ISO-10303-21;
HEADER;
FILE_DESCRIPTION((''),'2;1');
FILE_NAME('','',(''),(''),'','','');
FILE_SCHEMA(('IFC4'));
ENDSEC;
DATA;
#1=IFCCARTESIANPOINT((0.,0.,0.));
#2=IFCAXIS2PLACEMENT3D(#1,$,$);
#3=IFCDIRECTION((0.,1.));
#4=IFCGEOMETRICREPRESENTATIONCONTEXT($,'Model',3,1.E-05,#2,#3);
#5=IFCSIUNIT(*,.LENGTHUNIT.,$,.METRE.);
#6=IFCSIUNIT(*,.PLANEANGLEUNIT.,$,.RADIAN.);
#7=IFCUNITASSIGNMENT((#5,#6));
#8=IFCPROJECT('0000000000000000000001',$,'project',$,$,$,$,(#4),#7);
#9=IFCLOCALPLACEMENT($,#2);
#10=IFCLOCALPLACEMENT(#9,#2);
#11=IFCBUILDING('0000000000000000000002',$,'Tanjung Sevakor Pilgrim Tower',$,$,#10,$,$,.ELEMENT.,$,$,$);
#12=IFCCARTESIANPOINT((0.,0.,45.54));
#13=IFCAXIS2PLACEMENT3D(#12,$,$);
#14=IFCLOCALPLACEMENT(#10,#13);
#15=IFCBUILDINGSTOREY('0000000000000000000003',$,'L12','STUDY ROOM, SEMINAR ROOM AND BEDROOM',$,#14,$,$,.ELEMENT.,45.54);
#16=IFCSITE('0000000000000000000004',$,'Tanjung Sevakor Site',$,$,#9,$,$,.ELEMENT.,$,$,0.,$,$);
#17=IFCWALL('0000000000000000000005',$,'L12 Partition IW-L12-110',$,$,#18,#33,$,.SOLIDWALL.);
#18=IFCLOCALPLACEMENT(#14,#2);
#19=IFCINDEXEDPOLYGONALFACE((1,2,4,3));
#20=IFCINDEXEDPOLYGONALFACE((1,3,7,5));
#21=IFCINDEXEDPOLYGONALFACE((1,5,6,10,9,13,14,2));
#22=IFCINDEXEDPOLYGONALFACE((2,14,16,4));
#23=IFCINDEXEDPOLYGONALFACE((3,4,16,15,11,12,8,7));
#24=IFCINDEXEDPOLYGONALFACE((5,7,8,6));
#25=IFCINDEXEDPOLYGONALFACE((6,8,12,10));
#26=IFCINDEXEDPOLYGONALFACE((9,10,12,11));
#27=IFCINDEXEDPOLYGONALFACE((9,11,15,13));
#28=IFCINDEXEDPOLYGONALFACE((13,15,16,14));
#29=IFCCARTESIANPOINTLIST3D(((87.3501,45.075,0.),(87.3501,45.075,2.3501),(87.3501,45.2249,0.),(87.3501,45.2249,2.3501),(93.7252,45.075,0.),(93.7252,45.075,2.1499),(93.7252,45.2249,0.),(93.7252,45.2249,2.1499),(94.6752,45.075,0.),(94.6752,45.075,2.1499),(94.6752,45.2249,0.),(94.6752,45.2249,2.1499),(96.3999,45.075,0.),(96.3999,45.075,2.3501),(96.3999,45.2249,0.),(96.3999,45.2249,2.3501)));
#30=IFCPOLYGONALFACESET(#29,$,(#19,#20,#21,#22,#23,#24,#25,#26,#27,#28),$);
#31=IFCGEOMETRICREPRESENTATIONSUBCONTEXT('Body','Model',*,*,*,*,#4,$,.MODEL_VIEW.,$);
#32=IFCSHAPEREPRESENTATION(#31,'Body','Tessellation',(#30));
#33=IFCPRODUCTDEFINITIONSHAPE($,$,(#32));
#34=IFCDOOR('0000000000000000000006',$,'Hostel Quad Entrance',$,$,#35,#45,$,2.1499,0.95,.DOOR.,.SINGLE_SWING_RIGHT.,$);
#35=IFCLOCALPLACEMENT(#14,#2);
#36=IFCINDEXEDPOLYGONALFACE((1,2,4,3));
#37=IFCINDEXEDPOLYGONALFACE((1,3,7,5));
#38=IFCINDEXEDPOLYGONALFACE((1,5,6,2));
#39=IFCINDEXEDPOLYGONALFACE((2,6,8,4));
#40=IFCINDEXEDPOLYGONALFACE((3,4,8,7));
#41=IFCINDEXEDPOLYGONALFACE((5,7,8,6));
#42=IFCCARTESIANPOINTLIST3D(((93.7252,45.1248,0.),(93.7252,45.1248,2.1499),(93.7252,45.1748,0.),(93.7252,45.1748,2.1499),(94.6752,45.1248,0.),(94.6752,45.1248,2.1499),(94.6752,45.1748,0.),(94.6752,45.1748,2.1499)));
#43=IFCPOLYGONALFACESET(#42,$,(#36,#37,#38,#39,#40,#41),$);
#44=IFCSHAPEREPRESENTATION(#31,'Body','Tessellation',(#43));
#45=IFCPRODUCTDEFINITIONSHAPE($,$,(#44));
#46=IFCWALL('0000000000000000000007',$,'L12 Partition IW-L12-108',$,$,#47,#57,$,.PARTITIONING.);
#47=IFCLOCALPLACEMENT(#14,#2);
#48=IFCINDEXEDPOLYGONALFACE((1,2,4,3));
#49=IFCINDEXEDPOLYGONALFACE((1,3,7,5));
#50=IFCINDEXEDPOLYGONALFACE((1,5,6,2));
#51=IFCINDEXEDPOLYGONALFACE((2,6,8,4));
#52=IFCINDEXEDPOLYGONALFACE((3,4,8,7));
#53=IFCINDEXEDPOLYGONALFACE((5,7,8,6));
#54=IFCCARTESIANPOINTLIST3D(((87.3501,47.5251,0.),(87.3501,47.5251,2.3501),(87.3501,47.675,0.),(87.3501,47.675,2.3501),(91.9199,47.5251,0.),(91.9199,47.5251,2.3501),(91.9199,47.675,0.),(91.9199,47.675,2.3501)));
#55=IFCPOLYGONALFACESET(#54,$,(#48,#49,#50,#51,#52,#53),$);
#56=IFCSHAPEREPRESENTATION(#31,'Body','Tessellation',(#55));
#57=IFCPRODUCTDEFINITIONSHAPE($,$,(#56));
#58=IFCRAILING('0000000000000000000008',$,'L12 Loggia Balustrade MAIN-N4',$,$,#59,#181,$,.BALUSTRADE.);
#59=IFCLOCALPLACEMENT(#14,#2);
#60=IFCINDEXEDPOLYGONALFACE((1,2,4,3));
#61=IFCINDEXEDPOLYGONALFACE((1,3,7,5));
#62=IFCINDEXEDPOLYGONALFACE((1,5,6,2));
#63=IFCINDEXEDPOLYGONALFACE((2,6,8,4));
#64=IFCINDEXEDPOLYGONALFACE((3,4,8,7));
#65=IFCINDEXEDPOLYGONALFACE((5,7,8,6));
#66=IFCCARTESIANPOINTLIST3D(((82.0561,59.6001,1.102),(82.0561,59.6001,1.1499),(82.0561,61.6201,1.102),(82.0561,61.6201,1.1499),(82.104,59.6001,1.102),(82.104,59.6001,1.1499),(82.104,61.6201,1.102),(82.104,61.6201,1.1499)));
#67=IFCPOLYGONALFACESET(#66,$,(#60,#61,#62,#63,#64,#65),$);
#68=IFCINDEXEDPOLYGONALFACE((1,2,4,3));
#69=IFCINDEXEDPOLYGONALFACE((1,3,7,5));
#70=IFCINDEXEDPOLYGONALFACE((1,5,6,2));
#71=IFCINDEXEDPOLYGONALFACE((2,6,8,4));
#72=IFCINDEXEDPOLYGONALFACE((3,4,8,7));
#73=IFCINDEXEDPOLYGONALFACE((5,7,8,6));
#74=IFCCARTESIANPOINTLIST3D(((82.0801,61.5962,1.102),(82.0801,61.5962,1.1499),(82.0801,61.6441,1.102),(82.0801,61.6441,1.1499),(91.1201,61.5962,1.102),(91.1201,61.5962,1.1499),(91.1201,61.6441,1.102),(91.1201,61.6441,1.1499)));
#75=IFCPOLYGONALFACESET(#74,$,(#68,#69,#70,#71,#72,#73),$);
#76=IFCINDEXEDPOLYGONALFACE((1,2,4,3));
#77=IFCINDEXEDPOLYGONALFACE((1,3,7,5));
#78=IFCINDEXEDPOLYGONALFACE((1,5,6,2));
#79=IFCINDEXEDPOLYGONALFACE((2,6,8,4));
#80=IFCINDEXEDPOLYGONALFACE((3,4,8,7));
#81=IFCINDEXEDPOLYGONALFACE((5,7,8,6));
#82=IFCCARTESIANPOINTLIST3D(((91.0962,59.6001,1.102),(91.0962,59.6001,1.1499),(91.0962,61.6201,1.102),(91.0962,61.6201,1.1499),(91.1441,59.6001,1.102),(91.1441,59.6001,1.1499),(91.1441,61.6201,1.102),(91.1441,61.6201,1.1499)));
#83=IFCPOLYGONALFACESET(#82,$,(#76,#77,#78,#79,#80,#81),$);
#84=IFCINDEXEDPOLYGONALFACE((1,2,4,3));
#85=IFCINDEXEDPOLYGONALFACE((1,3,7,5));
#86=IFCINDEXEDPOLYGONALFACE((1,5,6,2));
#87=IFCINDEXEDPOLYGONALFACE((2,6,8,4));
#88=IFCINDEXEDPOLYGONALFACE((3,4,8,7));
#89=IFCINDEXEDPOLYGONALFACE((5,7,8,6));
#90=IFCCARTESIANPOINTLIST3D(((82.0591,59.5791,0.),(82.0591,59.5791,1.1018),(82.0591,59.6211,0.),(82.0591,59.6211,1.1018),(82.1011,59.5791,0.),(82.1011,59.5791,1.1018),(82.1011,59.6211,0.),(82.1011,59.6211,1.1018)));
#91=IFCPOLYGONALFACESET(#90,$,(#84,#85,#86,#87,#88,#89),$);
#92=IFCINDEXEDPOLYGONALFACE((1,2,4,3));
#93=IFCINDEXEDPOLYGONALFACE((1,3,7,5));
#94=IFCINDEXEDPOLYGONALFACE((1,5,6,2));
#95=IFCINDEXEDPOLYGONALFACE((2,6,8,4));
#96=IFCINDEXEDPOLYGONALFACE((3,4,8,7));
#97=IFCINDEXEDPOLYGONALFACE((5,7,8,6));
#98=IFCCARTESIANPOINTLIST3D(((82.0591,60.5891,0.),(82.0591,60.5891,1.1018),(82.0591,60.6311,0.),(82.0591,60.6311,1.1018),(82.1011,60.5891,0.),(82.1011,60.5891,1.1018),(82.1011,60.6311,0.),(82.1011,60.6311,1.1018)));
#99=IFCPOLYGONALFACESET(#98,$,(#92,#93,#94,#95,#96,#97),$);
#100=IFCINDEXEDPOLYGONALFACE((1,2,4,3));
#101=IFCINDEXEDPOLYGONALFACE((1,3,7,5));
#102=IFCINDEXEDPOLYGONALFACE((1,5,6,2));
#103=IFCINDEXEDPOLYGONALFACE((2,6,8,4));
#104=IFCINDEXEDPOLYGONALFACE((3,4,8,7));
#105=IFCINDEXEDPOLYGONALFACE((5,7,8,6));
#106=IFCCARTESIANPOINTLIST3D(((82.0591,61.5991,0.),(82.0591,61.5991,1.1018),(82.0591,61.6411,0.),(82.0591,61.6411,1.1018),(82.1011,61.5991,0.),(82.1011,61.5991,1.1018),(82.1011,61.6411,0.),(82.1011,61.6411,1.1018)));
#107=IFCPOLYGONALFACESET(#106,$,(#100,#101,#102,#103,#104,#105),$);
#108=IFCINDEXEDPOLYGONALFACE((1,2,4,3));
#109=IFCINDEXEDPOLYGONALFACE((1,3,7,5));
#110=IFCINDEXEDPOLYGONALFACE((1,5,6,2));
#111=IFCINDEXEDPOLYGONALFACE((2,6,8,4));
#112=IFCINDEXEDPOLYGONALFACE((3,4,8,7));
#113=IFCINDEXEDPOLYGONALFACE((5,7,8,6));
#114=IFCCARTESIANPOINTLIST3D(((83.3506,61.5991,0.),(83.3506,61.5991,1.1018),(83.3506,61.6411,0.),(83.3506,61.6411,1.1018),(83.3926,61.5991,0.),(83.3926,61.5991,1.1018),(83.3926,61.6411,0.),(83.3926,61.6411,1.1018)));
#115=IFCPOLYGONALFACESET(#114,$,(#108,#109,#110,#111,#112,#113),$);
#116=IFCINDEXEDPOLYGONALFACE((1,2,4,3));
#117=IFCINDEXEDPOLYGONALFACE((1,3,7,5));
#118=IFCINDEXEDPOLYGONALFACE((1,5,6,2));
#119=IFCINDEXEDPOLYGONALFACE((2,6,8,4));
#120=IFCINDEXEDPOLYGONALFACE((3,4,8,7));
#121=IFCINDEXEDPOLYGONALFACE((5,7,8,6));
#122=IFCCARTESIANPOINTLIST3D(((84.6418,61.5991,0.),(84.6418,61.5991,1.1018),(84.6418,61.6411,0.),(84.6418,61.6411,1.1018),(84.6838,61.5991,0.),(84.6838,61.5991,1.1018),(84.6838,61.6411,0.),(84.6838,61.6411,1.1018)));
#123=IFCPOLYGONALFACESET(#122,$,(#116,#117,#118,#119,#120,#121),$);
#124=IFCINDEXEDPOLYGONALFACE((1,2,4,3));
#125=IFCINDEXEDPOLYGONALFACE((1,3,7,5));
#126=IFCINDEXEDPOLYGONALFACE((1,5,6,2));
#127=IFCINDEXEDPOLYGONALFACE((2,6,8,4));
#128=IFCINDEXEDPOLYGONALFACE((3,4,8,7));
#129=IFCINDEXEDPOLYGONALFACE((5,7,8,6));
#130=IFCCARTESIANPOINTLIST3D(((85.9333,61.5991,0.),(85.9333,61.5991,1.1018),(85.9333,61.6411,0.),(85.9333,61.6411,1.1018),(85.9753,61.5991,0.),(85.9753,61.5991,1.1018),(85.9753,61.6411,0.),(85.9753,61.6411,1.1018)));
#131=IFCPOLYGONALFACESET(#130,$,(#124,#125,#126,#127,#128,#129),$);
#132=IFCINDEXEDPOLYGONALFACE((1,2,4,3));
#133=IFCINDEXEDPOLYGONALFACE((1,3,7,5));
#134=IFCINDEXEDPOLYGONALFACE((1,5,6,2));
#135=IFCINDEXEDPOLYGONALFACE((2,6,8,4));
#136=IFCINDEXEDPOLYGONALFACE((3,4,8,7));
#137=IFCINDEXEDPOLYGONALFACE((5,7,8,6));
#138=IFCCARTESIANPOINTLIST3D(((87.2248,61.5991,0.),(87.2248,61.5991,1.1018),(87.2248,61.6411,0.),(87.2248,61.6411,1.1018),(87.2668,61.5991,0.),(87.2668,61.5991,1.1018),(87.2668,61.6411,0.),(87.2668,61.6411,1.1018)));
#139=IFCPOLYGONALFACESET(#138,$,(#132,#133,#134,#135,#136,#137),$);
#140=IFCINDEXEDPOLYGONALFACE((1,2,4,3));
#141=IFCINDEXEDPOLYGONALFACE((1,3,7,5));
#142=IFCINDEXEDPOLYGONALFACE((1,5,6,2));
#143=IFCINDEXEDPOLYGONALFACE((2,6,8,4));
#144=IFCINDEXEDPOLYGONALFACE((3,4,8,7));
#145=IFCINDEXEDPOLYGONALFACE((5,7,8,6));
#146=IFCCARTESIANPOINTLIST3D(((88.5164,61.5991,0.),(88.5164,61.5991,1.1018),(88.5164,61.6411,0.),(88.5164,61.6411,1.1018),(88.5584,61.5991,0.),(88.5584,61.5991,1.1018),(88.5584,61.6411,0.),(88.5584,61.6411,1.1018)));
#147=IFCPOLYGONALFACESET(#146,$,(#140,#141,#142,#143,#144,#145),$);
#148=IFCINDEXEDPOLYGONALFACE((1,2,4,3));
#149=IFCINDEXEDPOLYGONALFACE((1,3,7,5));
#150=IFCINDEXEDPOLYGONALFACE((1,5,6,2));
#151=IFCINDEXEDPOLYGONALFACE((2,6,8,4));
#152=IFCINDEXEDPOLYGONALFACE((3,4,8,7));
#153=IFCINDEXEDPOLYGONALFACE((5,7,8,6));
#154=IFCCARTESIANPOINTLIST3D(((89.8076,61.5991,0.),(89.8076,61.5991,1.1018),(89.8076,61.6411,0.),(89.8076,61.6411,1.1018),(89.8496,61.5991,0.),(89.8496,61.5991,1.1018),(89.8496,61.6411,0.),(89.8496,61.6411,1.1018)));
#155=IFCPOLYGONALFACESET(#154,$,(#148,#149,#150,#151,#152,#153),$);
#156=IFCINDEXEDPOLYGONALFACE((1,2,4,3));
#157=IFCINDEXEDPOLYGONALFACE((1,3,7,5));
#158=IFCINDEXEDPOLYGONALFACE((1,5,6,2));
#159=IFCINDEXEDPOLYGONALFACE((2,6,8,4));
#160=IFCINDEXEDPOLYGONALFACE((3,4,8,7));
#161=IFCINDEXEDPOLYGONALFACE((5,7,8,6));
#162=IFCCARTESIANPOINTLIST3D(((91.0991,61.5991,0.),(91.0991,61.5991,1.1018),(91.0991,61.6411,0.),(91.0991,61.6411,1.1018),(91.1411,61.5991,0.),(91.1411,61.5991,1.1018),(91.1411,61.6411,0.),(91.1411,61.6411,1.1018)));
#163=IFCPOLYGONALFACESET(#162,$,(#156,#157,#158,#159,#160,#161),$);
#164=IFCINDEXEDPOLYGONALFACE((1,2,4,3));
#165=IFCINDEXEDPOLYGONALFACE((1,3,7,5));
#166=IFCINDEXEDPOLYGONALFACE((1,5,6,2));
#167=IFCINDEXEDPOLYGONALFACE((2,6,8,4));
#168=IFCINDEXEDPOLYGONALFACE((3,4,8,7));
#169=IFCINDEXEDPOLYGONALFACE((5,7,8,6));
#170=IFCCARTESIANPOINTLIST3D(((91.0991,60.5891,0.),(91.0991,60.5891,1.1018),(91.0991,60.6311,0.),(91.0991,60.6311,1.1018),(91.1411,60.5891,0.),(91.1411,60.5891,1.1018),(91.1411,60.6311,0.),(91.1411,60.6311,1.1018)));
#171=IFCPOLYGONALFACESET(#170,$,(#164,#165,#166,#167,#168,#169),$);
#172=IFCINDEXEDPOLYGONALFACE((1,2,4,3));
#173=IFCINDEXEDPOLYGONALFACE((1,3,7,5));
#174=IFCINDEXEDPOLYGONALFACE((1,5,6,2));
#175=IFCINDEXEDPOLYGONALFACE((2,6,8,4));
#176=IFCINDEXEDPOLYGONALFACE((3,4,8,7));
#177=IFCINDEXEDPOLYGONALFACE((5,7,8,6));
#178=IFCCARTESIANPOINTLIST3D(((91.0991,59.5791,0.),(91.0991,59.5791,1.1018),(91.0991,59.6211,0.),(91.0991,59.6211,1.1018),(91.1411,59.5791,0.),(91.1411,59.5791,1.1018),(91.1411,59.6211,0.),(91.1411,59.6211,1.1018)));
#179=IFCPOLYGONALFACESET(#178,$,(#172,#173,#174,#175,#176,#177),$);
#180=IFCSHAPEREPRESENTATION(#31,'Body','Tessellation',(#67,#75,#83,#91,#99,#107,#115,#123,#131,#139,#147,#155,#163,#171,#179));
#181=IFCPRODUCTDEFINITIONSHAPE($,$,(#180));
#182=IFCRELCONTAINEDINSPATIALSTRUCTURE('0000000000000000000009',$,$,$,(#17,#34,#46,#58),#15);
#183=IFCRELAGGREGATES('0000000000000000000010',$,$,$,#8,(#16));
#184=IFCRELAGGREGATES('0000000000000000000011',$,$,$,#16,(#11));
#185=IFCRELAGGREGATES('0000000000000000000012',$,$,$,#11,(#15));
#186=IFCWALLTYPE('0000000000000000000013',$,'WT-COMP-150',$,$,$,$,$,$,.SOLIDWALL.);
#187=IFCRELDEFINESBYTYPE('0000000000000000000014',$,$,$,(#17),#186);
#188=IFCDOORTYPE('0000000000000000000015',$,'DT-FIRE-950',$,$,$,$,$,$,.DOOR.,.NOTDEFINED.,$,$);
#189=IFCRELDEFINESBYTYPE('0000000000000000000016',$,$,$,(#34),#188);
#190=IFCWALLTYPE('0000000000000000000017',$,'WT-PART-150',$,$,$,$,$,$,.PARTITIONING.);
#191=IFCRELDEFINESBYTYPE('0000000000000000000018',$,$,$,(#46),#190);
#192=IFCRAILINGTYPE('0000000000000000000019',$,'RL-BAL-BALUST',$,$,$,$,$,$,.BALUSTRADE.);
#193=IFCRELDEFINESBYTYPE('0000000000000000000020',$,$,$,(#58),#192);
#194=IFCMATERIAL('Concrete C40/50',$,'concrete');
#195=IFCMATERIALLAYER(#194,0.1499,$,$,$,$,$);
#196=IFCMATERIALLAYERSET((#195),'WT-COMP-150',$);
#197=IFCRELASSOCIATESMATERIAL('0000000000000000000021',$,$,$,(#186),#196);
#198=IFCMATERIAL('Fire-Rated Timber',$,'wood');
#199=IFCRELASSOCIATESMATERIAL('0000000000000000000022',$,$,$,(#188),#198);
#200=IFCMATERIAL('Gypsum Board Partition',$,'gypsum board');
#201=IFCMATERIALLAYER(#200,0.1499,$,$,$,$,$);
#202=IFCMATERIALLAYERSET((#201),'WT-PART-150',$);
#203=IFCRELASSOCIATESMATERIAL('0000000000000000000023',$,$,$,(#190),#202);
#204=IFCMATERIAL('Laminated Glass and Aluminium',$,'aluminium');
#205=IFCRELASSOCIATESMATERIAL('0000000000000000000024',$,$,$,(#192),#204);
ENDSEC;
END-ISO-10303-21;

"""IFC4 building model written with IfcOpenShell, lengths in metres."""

from ifc_helpers import new_model, si_unit, direction, frame, frame_2d, origin, place, context, subcontext, project, spatial, rectangle, extrude, material, layer, layer_set, type_object, element, fill, save


model = new_model("IFC4")

# Units and contexts
model_context = context("Model", 3, precision=1e-05, world=origin(), true_north=direction((0.0, 1.0)))
body_context = subcontext(model_context, "Body", "Model", "MODEL_VIEW")
ifc_project = project(units=[si_unit("LENGTHUNIT", "METRE"), si_unit("PLANEANGLEUNIT", "RADIAN")], contexts=[model_context])

# Site, building, storey
site_placement = place(None, origin())
site = spatial("IfcSite", under=ifc_project, at=site_placement, Name="Tanjung Sevakor Site", CompositionType="ELEMENT", RefElevation=0.0)
building_placement = place(site_placement, origin())
building = spatial("IfcBuilding", under=site, at=building_placement, Name="Tanjung Sevakor Pilgrim Tower", CompositionType="ELEMENT")
storey_placement = place(building_placement, frame((0.0, 0.0, 45.54)))
storey = spatial("IfcBuildingStorey", under=building, at=storey_placement, Name="L12", Description="STUDY ROOM, SEMINAR ROOM AND BEDROOM", CompositionType="ELEMENT", Elevation=45.54)

# Shared definitions
ifc_material_1 = material(Name="Concrete C40/50", Category="concrete")
ifc_layer_1 = layer(ifc_material_1, 0.1499)
ifc_layer_set_1 = layer_set([ifc_layer_1], Name="WT-COMP-150")
wall_type_1 = type_object("IfcWallType", Name="WT-COMP-150", PredefinedType="SOLIDWALL", material=ifc_layer_set_1)

# Wall, opening, door
wall_1_placement = place(storey_placement, frame((87.3501, 45.1499, 0.0), z_axis=(0.0, 0.0, 1.0), x_axis=(1.0, 0.0, 0.0)))
wall_1 = element("IfcWall", 1, at=wall_1_placement, inside=storey, type_object=wall_type_1, Name="L12 Partition IW-L12-110", PredefinedType="SOLIDWALL", context=body_context, shape_type="SweptSolid", body=[
    extrude(rectangle(XDim=9.0498, YDim=0.1499, at=frame_2d((4.5249, 0.0))), origin(), (0.0, 0.0, 1.0), 2.3501),
])
opening_placement = place(wall_1_placement, frame((6.375, 0.0, 0.0)))
opening = element("IfcOpeningElement", 2, at=opening_placement, cuts=wall_1, PredefinedType="OPENING", context=body_context, shape_type="SweptSolid", body=[
    extrude(rectangle(XDim=0.95, YDim=2.1499, at=frame_2d((0.4751, 1.075))), frame((0.0, 0.085, 0.0), z_axis=(0.0, -1.0, 0.0), x_axis=(1.0, 0.0, 0.0)), (0.0, 0.0, 1.0), 0.1699),
])
ifc_material_2 = material(Name="Fire-Rated Timber", Category="wood")
door_type = type_object("IfcDoorType", Name="DT-FIRE-950", OperationType="NOTDEFINED", PredefinedType="DOOR", material=ifc_material_2)
door_placement = place(opening_placement, origin())
door = element("IfcDoor", 3, at=door_placement, inside=storey, type_object=door_type, Name="Hostel Quad Entrance", OperationType="SINGLE_SWING_RIGHT", OverallHeight=2.1499, OverallWidth=0.95, PredefinedType="DOOR", context=body_context, shape_type="SweptSolid", body=[
    extrude(rectangle(XDim=0.95, YDim=2.1499, at=frame_2d((0.4751, 1.075))), frame((0.0, 0.0249, 0.0), z_axis=(0.0, -1.0, 0.0), x_axis=(1.0, 0.0, 0.0)), (0.0, 0.0, 1.0), 0.05),
])
fill(opening, door)

# Wall
ifc_material_3 = material(Name="Gypsum Board Partition", Category="gypsum board")
ifc_layer_2 = layer(ifc_material_3, 0.1499)
ifc_layer_set_2 = layer_set([ifc_layer_2], Name="WT-PART-150")
wall_type_2 = type_object("IfcWallType", Name="WT-PART-150", PredefinedType="PARTITIONING", material=ifc_layer_set_2)
wall_2_placement = place(storey_placement, frame((87.3501, 47.6001, 0.0), z_axis=(0.0, 0.0, 1.0), x_axis=(1.0, 0.0, 0.0)))
element("IfcWall", 4, at=wall_2_placement, inside=storey, type_object=wall_type_2, Name="L12 Partition IW-L12-108", PredefinedType="PARTITIONING", context=body_context, shape_type="SweptSolid", body=[
    extrude(rectangle(XDim=4.5698, YDim=0.1499, at=frame_2d((2.2849, 0.0))), origin(), (0.0, 0.0, 1.0), 2.3501),
])

# Railing
ifc_material_4 = material(Name="Laminated Glass and Aluminium", Category="aluminium")
railing_type = type_object("IfcRailingType", Name="RL-BAL-BALUST", PredefinedType="BALUSTRADE", material=ifc_material_4)
railing_placement = place(storey_placement, frame((82.0801, 59.6001, 0.0)))
element("IfcRailing", 5, at=railing_placement, inside=storey, type_object=railing_type, Name="L12 Loggia Balustrade MAIN-N4", PredefinedType="BALUSTRADE", context=body_context, shape_type="SweptSolid", body=[
    extrude(rectangle(XDim=0.0479, YDim=0.0479), frame((0.0, 0.0, 1.126), z_axis=(0.0, 1.0, 0.0), x_axis=(-1.0, 0.0, 0.0)), (0.0, 0.0, 1.0), 2.02),
    extrude(rectangle(XDim=0.0479, YDim=0.0479), frame((0.0, 2.02, 1.126), z_axis=(1.0, 0.0, 0.0), x_axis=(0.0, 1.0, 0.0)), (0.0, 0.0, 1.0), 9.04),
    extrude(rectangle(XDim=0.0479, YDim=0.0479), frame((9.04, 2.02, 1.126), z_axis=(0.0, -1.0, 0.0), x_axis=(1.0, 0.0, 0.0)), (0.0, 0.0, 1.0), 2.02),
    extrude(rectangle(XDim=0.042, YDim=0.042), origin(), (0.0, 0.0, 1.0), 1.1018),
    extrude(rectangle(XDim=0.042, YDim=0.042), frame((0.0, 1.01, 0.0)), (0.0, 0.0, 1.0), 1.1018),
    extrude(rectangle(XDim=0.042, YDim=0.042), frame((0.0, 2.02, 0.0)), (0.0, 0.0, 1.0), 1.1018),
    extrude(rectangle(XDim=0.042, YDim=0.042), frame((1.2915, 2.02, 0.0)), (0.0, 0.0, 1.0), 1.1018),
    extrude(rectangle(XDim=0.042, YDim=0.042), frame((2.5828, 2.02, 0.0)), (0.0, 0.0, 1.0), 1.1018),
    extrude(rectangle(XDim=0.042, YDim=0.042), frame((3.8743, 2.02, 0.0)), (0.0, 0.0, 1.0), 1.1018),
    extrude(rectangle(XDim=0.042, YDim=0.042), frame((5.1658, 2.02, 0.0)), (0.0, 0.0, 1.0), 1.1018),
    extrude(rectangle(XDim=0.042, YDim=0.042), frame((6.4573, 2.02, 0.0)), (0.0, 0.0, 1.0), 1.1018),
    extrude(rectangle(XDim=0.042, YDim=0.042), frame((7.7485, 2.02, 0.0)), (0.0, 0.0, 1.0), 1.1018),
    extrude(rectangle(XDim=0.042, YDim=0.042), frame((9.04, 2.02, 0.0)), (0.0, 0.0, 1.0), 1.1018),
    extrude(rectangle(XDim=0.042, YDim=0.042), frame((9.04, 1.01, 0.0)), (0.0, 0.0, 1.0), 1.1018),
    extrude(rectangle(XDim=0.042, YDim=0.042), frame((9.04, 0.0, 0.0)), (0.0, 0.0, 1.0), 1.1018),
])

save(model, "model.ifc")
